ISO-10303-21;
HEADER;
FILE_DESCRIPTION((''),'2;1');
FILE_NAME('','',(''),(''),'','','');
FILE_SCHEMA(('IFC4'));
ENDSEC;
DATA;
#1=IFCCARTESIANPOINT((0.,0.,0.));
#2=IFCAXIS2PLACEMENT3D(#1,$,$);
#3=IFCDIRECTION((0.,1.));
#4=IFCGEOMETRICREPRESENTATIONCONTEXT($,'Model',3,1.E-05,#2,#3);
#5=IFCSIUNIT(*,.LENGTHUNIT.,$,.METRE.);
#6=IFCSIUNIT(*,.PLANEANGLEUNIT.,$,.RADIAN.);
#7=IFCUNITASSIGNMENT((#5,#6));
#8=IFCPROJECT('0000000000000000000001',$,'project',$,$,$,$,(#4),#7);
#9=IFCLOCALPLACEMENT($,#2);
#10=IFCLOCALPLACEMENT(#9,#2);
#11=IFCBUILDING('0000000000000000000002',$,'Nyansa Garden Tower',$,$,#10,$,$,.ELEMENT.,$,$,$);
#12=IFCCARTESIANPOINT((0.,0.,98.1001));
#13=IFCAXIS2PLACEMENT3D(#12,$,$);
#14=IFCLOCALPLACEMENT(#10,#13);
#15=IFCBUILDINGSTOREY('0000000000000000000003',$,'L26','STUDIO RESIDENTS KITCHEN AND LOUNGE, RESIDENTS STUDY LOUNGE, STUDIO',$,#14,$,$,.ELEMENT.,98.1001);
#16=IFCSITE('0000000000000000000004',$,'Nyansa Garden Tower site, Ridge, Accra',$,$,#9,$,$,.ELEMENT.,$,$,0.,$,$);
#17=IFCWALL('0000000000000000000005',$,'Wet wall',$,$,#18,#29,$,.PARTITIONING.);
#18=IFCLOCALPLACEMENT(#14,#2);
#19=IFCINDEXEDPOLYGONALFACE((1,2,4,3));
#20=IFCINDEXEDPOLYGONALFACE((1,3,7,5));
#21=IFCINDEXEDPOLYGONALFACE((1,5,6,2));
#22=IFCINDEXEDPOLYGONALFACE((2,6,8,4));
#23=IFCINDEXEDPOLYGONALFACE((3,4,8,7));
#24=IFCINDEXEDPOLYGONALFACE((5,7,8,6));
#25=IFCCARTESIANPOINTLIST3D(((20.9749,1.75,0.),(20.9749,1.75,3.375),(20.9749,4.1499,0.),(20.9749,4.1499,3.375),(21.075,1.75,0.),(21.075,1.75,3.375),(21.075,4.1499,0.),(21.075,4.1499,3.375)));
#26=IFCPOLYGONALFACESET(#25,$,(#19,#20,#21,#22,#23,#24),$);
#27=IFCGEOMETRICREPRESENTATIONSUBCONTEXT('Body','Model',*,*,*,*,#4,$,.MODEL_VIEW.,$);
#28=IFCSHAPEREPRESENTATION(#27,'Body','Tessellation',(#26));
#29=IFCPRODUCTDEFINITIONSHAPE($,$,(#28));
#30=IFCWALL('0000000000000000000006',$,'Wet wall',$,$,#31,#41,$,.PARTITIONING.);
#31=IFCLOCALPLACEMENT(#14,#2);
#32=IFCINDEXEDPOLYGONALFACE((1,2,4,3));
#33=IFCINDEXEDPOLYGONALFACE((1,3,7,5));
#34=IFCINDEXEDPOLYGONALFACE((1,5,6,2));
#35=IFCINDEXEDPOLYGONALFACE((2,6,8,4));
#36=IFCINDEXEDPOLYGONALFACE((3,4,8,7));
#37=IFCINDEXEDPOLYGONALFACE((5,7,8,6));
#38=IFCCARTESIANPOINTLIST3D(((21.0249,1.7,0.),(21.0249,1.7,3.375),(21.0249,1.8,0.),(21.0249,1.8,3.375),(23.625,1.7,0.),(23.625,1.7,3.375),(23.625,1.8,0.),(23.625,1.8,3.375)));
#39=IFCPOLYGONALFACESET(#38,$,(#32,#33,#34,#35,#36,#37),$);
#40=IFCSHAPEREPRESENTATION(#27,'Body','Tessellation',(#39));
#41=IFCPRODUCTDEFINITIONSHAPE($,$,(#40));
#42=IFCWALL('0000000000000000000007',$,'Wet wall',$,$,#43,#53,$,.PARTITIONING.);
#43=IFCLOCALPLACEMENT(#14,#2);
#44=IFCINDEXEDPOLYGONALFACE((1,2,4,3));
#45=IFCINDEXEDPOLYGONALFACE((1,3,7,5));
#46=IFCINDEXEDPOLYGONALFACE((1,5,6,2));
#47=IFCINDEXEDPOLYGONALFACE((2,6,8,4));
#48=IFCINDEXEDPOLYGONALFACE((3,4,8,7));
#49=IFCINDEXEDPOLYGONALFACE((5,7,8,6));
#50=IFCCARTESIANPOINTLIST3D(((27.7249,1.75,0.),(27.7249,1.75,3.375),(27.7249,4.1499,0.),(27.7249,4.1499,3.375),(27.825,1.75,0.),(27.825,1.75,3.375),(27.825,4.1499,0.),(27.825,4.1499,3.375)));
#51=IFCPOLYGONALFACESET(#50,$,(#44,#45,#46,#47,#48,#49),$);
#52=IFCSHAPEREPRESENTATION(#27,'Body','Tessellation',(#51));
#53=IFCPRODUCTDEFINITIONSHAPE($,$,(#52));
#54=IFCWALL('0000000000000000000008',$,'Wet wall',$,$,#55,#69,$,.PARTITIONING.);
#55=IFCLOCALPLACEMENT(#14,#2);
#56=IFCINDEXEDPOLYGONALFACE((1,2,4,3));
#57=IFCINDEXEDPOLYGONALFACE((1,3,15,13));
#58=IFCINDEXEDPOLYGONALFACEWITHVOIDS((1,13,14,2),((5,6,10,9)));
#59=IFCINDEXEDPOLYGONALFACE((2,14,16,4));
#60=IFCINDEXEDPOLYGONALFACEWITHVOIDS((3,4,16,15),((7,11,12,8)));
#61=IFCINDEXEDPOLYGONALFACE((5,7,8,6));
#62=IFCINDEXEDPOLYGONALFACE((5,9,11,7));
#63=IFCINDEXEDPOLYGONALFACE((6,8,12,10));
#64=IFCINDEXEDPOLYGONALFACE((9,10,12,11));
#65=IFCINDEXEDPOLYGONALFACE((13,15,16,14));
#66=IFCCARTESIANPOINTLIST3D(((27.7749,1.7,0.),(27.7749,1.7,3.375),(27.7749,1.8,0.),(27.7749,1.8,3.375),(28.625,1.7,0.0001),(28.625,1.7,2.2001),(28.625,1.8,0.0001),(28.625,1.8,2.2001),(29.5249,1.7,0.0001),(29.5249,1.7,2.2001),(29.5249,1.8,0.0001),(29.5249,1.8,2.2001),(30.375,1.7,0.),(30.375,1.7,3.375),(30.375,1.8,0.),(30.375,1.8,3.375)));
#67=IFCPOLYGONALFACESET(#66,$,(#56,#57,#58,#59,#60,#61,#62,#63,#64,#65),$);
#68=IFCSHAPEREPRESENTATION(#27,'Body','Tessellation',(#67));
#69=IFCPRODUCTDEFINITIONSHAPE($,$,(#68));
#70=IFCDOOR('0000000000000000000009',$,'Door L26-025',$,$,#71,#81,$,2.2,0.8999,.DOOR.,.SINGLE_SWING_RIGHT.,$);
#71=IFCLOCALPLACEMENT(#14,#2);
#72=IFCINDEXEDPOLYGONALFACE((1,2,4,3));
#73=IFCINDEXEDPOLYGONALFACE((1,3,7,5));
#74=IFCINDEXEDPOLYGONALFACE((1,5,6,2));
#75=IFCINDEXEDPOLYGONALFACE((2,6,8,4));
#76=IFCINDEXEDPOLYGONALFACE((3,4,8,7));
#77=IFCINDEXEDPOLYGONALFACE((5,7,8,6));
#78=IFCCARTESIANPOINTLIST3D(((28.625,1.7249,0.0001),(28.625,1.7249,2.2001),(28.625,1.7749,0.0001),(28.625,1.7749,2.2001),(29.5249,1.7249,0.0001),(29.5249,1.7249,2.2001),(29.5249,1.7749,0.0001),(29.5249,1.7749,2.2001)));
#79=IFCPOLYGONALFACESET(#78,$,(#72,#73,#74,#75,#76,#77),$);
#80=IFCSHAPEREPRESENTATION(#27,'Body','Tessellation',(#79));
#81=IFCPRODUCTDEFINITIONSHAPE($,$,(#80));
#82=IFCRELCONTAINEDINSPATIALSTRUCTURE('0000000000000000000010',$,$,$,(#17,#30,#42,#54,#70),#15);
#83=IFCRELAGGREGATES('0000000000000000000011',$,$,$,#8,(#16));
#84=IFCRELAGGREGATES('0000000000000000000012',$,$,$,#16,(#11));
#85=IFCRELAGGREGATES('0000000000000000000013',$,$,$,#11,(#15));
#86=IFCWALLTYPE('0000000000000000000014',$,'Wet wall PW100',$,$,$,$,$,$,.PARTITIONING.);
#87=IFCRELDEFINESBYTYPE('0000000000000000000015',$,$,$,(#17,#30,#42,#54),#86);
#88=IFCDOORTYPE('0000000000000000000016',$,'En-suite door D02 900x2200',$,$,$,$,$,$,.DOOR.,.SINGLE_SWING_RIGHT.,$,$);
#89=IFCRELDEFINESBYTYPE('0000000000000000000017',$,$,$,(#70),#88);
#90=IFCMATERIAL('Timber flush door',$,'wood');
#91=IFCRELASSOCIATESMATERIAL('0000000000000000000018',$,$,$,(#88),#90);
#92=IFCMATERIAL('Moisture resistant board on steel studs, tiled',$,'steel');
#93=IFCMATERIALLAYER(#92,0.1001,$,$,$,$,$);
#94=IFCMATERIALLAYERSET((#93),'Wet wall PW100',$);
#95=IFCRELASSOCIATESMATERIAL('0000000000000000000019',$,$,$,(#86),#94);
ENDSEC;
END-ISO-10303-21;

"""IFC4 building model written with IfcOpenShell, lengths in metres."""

from ifc_helpers import new_model, si_unit, direction, frame, frame_2d, origin, place, context, subcontext, project, spatial, rectangle, extrude, material, layer, layer_set, type_object, element, fill, save


model = new_model("IFC4")

# Units and contexts
model_context = context("Model", 3, precision=1e-05, world=origin(), true_north=direction((0.0, 1.0)))
body_context = subcontext(model_context, "Body", "Model", "MODEL_VIEW")
ifc_project = project(units=[si_unit("LENGTHUNIT", "METRE"), si_unit("PLANEANGLEUNIT", "RADIAN")], contexts=[model_context])

# Site, building, storey
site_placement = place(None, origin())
site = spatial("IfcSite", under=ifc_project, at=site_placement, Name="Nyansa Garden Tower site, Ridge, Accra", CompositionType="ELEMENT", RefElevation=0.0)
building_placement = place(site_placement, origin())
building = spatial("IfcBuilding", under=site, at=building_placement, Name="Nyansa Garden Tower", CompositionType="ELEMENT")
storey_placement = place(building_placement, frame((0.0, 0.0, 98.1001)))
storey = spatial("IfcBuildingStorey", under=building, at=storey_placement, Name="L26", Description="STUDIO RESIDENTS KITCHEN AND LOUNGE, RESIDENTS STUDY LOUNGE, STUDIO", CompositionType="ELEMENT", Elevation=98.1001)

# Shared definitions
ifc_material_1 = material(Name="Timber flush door", Category="wood")
door_type_1 = type_object("IfcDoorType", Name="En-suite door D02 900x2200", OperationType="SINGLE_SWING_RIGHT", PredefinedType="DOOR", material=ifc_material_1)

# Walls
ifc_material_2 = material(Name="Moisture resistant board on steel studs, tiled", Category="steel")
ifc_layer_1 = layer(ifc_material_2, 0.1001)
ifc_layer_set_1 = layer_set([ifc_layer_1], Name="Wet wall PW100")
wall_type_1 = type_object("IfcWallType", Name="Wet wall PW100", PredefinedType="PARTITIONING", material=ifc_layer_set_1)
wall_1_placement = place(storey_placement, frame((21.0249, 1.75, 0.0), z_axis=(0.0, 0.0, 1.0), x_axis=(0.0, 1.0, 0.0)))
element("IfcWall", 1, at=wall_1_placement, inside=storey, type_object=wall_type_1, Name="Wet wall", PredefinedType="PARTITIONING", context=body_context, shape_type="SweptSolid", body=[
    extrude(rectangle(XDim=2.3999, YDim=0.1001, at=frame_2d((1.2, 0.0))), origin(), (0.0, 0.0, 1.0), 3.375),
])
wall_2_placement = place(storey_placement, frame((21.0249, 1.75, 0.0), z_axis=(0.0, 0.0, 1.0), x_axis=(1.0, 0.0, 0.0)))
element("IfcWall", 2, at=wall_2_placement, inside=storey, type_object=wall_type_1, Name="Wet wall", PredefinedType="PARTITIONING", context=body_context, shape_type="SweptSolid", body=[
    extrude(rectangle(XDim=2.6001, YDim=0.1001, at=frame_2d((1.3, 0.0))), origin(), (0.0, 0.0, 1.0), 3.375),
])
wall_3_placement = place(storey_placement, frame((27.7749, 1.75, 0.0), z_axis=(0.0, 0.0, 1.0), x_axis=(0.0, 1.0, 0.0)))
element("IfcWall", 3, at=wall_3_placement, inside=storey, type_object=wall_type_1, Name="Wet wall", PredefinedType="PARTITIONING", context=body_context, shape_type="SweptSolid", body=[
    extrude(rectangle(XDim=2.3999, YDim=0.1001, at=frame_2d((1.2, 0.0))), origin(), (0.0, 0.0, 1.0), 3.375),
])

# Wall, opening, door
wall_4_placement = place(storey_placement, frame((27.7749, 1.75, 0.0), z_axis=(0.0, 0.0, 1.0), x_axis=(1.0, 0.0, 0.0)))
wall_4 = element("IfcWall", 4, at=wall_4_placement, inside=storey, type_object=wall_type_1, Name="Wet wall", PredefinedType="PARTITIONING", context=body_context, shape_type="SweptSolid", body=[
    extrude(rectangle(XDim=2.6001, YDim=0.1001, at=frame_2d((1.3, 0.0))), origin(), (0.0, 0.0, 1.0), 3.375),
])
opening_1_placement = place(wall_4_placement, frame((0.8501, 0.0, 0.0)))
opening_1 = element("IfcOpeningElement", 5, at=opening_1_placement, cuts=wall_4, PredefinedType="OPENING", context=body_context, shape_type="SweptSolid", body=[
    extrude(rectangle(XDim=0.8999, YDim=2.2, at=frame_2d((0.45, 1.1001))), frame((0.0, 0.0601, 0.0), z_axis=(0.0, -1.0, 0.0), x_axis=(1.0, 0.0, 0.0)), (0.0, 0.0, 1.0), 0.1201),
])
door_1_placement = place(opening_1_placement, origin())
door_1 = element("IfcDoor", 6, at=door_1_placement, inside=storey, type_object=door_type_1, Name="Door L26-025", OperationType="SINGLE_SWING_RIGHT", OverallHeight=2.2, OverallWidth=0.8999, PredefinedType="DOOR", context=body_context, shape_type="SweptSolid", body=[
    extrude(rectangle(XDim=0.8999, YDim=2.2, at=frame_2d((0.45, 1.1001))), frame((0.0, 0.0249, 0.0), z_axis=(0.0, -1.0, 0.0), x_axis=(1.0, 0.0, 0.0)), (0.0, 0.0, 1.0), 0.05),
])
fill(opening_1, door_1)

save(model, "model.ifc")
